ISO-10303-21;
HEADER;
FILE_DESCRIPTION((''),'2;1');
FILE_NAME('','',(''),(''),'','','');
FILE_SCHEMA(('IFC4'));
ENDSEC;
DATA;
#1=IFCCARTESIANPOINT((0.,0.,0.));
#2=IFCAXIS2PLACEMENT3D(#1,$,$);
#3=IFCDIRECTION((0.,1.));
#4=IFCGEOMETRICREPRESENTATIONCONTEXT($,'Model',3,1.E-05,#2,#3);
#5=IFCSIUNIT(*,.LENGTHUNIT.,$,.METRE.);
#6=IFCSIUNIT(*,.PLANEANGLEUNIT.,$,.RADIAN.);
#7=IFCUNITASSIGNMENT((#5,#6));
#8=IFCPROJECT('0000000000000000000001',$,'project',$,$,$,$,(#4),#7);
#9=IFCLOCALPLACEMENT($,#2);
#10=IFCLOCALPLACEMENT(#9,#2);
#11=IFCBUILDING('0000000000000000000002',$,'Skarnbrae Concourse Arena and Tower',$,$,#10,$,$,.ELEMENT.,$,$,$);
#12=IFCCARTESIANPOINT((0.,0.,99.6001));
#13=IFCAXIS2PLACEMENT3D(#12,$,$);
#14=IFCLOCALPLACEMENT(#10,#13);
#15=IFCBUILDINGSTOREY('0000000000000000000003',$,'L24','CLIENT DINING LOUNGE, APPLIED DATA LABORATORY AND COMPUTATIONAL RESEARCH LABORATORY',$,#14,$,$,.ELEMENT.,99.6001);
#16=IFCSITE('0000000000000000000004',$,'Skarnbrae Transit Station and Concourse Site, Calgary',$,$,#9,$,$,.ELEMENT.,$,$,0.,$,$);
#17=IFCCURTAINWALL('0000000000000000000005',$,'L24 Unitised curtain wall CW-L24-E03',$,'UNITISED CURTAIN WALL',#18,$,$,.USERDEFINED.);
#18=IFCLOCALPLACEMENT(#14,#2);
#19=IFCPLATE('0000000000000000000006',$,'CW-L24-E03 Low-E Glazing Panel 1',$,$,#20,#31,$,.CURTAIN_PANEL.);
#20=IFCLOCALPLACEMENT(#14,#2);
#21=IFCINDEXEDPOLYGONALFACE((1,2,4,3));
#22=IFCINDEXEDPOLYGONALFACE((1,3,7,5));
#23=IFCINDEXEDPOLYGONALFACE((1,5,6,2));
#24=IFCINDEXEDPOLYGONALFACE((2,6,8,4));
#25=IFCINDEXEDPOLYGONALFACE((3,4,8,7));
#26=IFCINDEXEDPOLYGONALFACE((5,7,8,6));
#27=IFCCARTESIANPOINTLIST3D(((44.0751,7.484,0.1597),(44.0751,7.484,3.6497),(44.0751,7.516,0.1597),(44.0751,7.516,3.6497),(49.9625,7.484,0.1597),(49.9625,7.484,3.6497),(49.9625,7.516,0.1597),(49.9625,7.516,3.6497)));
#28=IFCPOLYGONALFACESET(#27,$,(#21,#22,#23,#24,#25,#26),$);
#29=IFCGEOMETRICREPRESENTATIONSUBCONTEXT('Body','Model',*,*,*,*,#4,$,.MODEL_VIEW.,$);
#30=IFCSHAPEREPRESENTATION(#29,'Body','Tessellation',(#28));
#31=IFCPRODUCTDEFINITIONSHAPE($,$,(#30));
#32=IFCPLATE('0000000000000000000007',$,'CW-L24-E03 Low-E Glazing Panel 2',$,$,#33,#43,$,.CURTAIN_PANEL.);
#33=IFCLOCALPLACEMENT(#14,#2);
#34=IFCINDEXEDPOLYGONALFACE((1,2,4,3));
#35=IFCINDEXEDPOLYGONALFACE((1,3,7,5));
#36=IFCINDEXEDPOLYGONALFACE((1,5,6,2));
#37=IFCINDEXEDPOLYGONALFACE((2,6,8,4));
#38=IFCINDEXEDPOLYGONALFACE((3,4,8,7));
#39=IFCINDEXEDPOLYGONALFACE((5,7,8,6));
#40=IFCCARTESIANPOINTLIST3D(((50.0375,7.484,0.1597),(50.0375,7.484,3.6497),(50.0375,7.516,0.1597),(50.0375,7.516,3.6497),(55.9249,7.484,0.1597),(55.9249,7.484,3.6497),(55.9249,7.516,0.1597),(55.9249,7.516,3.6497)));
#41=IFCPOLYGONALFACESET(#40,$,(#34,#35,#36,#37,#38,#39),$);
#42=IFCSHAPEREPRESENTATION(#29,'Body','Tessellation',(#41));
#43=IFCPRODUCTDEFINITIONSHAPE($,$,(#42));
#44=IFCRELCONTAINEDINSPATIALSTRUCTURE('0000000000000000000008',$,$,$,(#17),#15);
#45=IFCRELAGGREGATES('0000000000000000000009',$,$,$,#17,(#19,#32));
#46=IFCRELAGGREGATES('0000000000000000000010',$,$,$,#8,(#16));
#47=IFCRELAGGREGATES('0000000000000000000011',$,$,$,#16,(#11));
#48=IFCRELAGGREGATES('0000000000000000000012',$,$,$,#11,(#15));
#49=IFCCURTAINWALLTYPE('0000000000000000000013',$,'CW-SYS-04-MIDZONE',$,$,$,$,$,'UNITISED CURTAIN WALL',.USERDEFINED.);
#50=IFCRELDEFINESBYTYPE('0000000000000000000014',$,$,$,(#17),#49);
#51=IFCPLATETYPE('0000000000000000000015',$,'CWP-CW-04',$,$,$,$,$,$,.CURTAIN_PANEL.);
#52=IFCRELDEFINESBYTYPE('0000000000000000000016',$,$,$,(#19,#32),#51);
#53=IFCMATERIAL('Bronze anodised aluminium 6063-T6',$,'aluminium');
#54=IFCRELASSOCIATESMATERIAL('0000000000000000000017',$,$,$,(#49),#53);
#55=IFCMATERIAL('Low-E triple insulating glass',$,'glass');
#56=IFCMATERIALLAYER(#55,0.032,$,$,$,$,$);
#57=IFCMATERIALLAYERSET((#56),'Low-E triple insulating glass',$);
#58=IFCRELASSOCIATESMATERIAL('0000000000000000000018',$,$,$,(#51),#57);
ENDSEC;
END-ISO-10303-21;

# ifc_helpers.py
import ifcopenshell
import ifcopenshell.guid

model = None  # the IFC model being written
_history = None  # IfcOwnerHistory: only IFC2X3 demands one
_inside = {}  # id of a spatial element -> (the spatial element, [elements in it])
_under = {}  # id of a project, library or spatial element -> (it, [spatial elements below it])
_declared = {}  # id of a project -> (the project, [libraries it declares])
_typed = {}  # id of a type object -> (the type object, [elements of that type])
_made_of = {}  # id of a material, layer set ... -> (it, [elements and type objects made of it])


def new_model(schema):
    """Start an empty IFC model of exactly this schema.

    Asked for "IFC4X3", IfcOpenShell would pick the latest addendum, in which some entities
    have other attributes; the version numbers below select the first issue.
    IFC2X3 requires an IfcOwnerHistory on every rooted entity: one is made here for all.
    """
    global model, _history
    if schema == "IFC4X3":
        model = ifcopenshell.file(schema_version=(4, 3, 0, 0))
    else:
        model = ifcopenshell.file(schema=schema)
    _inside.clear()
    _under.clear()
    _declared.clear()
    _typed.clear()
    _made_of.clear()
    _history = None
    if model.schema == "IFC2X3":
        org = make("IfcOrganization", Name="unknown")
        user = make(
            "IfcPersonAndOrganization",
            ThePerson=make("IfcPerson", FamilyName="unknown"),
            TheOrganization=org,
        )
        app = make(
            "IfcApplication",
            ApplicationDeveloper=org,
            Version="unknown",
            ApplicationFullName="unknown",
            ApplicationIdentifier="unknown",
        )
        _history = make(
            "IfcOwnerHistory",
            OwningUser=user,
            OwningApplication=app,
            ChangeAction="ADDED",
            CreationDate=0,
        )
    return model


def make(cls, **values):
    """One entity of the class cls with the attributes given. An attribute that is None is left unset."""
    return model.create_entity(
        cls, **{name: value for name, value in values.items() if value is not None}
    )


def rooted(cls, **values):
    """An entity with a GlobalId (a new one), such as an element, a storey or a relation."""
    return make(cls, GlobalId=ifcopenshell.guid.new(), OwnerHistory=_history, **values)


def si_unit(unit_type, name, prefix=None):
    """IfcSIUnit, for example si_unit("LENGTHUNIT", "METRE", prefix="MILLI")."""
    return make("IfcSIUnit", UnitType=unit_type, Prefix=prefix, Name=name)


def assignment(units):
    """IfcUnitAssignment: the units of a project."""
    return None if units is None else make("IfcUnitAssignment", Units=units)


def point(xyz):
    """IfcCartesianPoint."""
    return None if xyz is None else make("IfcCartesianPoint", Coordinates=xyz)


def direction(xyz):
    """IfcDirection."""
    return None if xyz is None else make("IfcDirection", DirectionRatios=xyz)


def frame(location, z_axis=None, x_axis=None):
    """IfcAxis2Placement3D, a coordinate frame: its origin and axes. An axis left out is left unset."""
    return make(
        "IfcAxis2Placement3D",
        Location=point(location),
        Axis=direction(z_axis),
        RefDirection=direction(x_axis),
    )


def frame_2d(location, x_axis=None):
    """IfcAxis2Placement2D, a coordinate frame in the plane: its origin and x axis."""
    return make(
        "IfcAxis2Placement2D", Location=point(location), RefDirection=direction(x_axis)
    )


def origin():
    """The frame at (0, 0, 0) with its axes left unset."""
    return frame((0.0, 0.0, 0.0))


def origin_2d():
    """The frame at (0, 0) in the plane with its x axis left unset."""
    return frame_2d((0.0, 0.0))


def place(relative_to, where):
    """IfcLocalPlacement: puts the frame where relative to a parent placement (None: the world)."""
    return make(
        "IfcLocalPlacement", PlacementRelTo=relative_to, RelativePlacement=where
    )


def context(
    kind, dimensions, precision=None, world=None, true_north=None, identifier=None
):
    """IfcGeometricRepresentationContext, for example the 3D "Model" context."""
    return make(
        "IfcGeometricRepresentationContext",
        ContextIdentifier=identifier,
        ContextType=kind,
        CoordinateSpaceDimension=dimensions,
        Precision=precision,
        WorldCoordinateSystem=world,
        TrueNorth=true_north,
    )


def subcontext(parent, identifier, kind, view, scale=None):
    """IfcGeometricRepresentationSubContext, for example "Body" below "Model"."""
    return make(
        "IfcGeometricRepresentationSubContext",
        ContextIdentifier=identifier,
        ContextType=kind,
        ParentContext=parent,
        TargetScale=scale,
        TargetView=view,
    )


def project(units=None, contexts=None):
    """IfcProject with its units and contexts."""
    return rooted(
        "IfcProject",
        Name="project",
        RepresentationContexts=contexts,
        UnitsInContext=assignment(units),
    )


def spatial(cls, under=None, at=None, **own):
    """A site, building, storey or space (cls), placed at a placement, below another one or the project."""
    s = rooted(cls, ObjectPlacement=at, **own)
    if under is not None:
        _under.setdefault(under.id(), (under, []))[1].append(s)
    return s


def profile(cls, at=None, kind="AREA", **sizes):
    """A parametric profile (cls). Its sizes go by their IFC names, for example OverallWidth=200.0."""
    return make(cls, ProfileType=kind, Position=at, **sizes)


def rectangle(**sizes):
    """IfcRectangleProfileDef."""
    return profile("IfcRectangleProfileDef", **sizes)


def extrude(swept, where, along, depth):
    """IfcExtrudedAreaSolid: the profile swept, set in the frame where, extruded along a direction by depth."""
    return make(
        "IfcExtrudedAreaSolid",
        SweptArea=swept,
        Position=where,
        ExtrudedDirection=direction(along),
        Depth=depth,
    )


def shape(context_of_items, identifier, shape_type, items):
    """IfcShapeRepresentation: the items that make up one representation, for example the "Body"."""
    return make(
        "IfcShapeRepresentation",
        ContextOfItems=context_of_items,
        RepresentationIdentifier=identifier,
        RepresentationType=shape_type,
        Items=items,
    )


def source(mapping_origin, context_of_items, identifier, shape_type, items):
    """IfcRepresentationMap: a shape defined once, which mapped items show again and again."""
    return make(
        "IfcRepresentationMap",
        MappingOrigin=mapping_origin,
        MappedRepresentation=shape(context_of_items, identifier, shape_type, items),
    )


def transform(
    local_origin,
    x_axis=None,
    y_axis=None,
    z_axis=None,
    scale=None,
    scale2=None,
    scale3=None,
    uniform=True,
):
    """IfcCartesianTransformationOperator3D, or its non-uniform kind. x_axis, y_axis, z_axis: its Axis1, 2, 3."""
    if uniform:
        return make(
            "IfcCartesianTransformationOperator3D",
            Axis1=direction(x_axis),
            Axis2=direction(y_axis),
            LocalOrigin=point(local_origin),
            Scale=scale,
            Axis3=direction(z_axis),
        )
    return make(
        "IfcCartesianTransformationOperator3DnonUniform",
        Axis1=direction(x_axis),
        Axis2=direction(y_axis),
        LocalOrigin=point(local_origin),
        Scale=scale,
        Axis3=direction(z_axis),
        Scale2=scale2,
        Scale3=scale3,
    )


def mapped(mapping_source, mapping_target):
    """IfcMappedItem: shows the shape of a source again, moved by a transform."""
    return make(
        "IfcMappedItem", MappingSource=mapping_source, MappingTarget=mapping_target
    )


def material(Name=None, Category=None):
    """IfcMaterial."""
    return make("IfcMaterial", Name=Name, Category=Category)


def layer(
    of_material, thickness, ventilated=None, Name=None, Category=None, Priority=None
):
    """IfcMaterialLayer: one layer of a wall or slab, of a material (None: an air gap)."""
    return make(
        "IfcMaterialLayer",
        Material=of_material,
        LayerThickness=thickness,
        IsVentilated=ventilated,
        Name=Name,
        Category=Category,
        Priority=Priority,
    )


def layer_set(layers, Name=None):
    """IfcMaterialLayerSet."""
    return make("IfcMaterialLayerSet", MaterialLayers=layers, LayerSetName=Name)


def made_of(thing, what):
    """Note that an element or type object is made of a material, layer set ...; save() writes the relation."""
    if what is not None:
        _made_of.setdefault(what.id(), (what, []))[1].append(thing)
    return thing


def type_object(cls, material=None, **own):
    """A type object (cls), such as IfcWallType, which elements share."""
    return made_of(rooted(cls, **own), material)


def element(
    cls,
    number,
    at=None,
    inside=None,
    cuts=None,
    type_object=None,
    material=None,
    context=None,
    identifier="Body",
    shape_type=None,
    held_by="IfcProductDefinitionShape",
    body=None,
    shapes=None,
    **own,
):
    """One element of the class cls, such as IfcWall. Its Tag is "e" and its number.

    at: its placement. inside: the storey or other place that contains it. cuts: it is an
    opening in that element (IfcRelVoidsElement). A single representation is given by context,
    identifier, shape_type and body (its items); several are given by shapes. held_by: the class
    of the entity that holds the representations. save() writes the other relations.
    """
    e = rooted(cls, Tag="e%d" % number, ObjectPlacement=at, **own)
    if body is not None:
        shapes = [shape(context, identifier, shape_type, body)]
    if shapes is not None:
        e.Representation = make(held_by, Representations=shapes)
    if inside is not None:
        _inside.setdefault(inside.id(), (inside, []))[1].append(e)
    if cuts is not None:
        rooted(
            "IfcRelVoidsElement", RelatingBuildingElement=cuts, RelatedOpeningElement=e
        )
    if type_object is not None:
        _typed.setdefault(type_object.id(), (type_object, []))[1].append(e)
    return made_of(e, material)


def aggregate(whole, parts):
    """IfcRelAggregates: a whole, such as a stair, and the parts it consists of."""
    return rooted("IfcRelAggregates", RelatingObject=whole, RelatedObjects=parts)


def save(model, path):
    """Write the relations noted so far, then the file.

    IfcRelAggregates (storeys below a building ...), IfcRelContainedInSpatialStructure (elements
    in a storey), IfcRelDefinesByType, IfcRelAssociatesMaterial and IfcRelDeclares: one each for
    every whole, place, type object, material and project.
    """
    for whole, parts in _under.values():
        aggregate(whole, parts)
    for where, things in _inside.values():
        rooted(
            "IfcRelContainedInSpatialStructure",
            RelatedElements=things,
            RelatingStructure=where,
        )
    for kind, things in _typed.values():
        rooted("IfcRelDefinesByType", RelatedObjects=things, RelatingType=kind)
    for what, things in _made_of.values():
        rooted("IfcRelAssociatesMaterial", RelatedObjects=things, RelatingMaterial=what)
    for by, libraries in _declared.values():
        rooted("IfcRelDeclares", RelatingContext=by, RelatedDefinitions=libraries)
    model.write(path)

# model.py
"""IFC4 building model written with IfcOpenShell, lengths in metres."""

from ifc_helpers import new_model, si_unit, direction, frame, origin, origin_2d, place, context, subcontext, project, spatial, rectangle, extrude, source, transform, mapped, material, layer, layer_set, type_object, element, aggregate, save


model = new_model("IFC4")

# Units and contexts
model_context = context("Model", 3, precision=1e-05, world=origin(), true_north=direction((0.0, 1.0)))
body_context = subcontext(model_context, "Body", "Model", "MODEL_VIEW")
ifc_project = project(units=[si_unit("LENGTHUNIT", "METRE"), si_unit("PLANEANGLEUNIT", "RADIAN")], contexts=[model_context])

# Site, building, storey
site_placement = place(None, origin())
site = spatial("IfcSite", under=ifc_project, at=site_placement, Name="Skarnbrae Transit Station and Concourse Site, Calgary", CompositionType="ELEMENT", RefElevation=0.0)
building_placement = place(site_placement, origin())
building = spatial("IfcBuilding", under=site, at=building_placement, Name="Skarnbrae Concourse Arena and Tower", CompositionType="ELEMENT")
storey_placement = place(building_placement, frame((0.0, 0.0, 99.6001)))
storey = spatial("IfcBuildingStorey", under=building, at=storey_placement, Name="L24", Description="CLIENT DINING LOUNGE, APPLIED DATA LABORATORY AND COMPUTATIONAL RESEARCH LABORATORY", CompositionType="ELEMENT", Elevation=99.6001)

# Curtain wall
ifc_material_1 = material(Name="Bronze anodised aluminium 6063-T6", Category="aluminium")
curtain_wall_type = type_object("IfcCurtainWallType", Name="CW-SYS-04-MIDZONE", ElementType="UNITISED CURTAIN WALL", PredefinedType="USERDEFINED", material=ifc_material_1)
curtain_wall_1_placement = place(storey_placement, origin())
curtain_wall_1 = element("IfcCurtainWall", 1, at=curtain_wall_1_placement, inside=storey, type_object=curtain_wall_type, Name="L24 Unitised curtain wall CW-L24-E03", ObjectType="UNITISED CURTAIN WALL", PredefinedType="USERDEFINED")

# Plates
ifc_material_2 = material(Name="Low-E triple insulating glass", Category="glass")
ifc_layer = layer(ifc_material_2, 0.032)
ifc_layer_set = layer_set([ifc_layer], Name="Low-E triple insulating glass")
plate_type = type_object("IfcPlateType", Name="CWP-CW-04", PredefinedType="CURTAIN_PANEL", material=ifc_layer_set)
shared_shape_1 = source(origin(), body_context, "Body", "SweptSolid", [
    extrude(rectangle(XDim=5.8875, YDim=0.032, at=origin_2d()), origin(), (0.0, 0.0, 1.0), 3.49),
])
plate_1_placement = place(storey_placement, frame((47.0188, 7.5, 0.1597), z_axis=(0.0, 0.0, 1.0), x_axis=(1.0, 0.0, 0.0)))
plate_1 = element("IfcPlate", 2, at=plate_1_placement, type_object=plate_type, Name="CW-L24-E03 Low-E Glazing Panel 1", PredefinedType="CURTAIN_PANEL", context=body_context, shape_type="MappedRepresentation", body=[
    mapped(shared_shape_1, transform((0.0, 0.0, 0.0))),
])
plate_2_placement = place(storey_placement, frame((52.9812, 7.5, 0.1597), z_axis=(0.0, 0.0, 1.0), x_axis=(1.0, 0.0, 0.0)))
plate_2 = element("IfcPlate", 3, at=plate_2_placement, type_object=plate_type, Name="CW-L24-E03 Low-E Glazing Panel 2", PredefinedType="CURTAIN_PANEL", context=body_context, shape_type="MappedRepresentation", body=[
    mapped(shared_shape_1, transform((0.0, 0.0, 0.0))),
])
aggregate(curtain_wall_1, [plate_1, plate_2])

save(model, "model.ifc")
